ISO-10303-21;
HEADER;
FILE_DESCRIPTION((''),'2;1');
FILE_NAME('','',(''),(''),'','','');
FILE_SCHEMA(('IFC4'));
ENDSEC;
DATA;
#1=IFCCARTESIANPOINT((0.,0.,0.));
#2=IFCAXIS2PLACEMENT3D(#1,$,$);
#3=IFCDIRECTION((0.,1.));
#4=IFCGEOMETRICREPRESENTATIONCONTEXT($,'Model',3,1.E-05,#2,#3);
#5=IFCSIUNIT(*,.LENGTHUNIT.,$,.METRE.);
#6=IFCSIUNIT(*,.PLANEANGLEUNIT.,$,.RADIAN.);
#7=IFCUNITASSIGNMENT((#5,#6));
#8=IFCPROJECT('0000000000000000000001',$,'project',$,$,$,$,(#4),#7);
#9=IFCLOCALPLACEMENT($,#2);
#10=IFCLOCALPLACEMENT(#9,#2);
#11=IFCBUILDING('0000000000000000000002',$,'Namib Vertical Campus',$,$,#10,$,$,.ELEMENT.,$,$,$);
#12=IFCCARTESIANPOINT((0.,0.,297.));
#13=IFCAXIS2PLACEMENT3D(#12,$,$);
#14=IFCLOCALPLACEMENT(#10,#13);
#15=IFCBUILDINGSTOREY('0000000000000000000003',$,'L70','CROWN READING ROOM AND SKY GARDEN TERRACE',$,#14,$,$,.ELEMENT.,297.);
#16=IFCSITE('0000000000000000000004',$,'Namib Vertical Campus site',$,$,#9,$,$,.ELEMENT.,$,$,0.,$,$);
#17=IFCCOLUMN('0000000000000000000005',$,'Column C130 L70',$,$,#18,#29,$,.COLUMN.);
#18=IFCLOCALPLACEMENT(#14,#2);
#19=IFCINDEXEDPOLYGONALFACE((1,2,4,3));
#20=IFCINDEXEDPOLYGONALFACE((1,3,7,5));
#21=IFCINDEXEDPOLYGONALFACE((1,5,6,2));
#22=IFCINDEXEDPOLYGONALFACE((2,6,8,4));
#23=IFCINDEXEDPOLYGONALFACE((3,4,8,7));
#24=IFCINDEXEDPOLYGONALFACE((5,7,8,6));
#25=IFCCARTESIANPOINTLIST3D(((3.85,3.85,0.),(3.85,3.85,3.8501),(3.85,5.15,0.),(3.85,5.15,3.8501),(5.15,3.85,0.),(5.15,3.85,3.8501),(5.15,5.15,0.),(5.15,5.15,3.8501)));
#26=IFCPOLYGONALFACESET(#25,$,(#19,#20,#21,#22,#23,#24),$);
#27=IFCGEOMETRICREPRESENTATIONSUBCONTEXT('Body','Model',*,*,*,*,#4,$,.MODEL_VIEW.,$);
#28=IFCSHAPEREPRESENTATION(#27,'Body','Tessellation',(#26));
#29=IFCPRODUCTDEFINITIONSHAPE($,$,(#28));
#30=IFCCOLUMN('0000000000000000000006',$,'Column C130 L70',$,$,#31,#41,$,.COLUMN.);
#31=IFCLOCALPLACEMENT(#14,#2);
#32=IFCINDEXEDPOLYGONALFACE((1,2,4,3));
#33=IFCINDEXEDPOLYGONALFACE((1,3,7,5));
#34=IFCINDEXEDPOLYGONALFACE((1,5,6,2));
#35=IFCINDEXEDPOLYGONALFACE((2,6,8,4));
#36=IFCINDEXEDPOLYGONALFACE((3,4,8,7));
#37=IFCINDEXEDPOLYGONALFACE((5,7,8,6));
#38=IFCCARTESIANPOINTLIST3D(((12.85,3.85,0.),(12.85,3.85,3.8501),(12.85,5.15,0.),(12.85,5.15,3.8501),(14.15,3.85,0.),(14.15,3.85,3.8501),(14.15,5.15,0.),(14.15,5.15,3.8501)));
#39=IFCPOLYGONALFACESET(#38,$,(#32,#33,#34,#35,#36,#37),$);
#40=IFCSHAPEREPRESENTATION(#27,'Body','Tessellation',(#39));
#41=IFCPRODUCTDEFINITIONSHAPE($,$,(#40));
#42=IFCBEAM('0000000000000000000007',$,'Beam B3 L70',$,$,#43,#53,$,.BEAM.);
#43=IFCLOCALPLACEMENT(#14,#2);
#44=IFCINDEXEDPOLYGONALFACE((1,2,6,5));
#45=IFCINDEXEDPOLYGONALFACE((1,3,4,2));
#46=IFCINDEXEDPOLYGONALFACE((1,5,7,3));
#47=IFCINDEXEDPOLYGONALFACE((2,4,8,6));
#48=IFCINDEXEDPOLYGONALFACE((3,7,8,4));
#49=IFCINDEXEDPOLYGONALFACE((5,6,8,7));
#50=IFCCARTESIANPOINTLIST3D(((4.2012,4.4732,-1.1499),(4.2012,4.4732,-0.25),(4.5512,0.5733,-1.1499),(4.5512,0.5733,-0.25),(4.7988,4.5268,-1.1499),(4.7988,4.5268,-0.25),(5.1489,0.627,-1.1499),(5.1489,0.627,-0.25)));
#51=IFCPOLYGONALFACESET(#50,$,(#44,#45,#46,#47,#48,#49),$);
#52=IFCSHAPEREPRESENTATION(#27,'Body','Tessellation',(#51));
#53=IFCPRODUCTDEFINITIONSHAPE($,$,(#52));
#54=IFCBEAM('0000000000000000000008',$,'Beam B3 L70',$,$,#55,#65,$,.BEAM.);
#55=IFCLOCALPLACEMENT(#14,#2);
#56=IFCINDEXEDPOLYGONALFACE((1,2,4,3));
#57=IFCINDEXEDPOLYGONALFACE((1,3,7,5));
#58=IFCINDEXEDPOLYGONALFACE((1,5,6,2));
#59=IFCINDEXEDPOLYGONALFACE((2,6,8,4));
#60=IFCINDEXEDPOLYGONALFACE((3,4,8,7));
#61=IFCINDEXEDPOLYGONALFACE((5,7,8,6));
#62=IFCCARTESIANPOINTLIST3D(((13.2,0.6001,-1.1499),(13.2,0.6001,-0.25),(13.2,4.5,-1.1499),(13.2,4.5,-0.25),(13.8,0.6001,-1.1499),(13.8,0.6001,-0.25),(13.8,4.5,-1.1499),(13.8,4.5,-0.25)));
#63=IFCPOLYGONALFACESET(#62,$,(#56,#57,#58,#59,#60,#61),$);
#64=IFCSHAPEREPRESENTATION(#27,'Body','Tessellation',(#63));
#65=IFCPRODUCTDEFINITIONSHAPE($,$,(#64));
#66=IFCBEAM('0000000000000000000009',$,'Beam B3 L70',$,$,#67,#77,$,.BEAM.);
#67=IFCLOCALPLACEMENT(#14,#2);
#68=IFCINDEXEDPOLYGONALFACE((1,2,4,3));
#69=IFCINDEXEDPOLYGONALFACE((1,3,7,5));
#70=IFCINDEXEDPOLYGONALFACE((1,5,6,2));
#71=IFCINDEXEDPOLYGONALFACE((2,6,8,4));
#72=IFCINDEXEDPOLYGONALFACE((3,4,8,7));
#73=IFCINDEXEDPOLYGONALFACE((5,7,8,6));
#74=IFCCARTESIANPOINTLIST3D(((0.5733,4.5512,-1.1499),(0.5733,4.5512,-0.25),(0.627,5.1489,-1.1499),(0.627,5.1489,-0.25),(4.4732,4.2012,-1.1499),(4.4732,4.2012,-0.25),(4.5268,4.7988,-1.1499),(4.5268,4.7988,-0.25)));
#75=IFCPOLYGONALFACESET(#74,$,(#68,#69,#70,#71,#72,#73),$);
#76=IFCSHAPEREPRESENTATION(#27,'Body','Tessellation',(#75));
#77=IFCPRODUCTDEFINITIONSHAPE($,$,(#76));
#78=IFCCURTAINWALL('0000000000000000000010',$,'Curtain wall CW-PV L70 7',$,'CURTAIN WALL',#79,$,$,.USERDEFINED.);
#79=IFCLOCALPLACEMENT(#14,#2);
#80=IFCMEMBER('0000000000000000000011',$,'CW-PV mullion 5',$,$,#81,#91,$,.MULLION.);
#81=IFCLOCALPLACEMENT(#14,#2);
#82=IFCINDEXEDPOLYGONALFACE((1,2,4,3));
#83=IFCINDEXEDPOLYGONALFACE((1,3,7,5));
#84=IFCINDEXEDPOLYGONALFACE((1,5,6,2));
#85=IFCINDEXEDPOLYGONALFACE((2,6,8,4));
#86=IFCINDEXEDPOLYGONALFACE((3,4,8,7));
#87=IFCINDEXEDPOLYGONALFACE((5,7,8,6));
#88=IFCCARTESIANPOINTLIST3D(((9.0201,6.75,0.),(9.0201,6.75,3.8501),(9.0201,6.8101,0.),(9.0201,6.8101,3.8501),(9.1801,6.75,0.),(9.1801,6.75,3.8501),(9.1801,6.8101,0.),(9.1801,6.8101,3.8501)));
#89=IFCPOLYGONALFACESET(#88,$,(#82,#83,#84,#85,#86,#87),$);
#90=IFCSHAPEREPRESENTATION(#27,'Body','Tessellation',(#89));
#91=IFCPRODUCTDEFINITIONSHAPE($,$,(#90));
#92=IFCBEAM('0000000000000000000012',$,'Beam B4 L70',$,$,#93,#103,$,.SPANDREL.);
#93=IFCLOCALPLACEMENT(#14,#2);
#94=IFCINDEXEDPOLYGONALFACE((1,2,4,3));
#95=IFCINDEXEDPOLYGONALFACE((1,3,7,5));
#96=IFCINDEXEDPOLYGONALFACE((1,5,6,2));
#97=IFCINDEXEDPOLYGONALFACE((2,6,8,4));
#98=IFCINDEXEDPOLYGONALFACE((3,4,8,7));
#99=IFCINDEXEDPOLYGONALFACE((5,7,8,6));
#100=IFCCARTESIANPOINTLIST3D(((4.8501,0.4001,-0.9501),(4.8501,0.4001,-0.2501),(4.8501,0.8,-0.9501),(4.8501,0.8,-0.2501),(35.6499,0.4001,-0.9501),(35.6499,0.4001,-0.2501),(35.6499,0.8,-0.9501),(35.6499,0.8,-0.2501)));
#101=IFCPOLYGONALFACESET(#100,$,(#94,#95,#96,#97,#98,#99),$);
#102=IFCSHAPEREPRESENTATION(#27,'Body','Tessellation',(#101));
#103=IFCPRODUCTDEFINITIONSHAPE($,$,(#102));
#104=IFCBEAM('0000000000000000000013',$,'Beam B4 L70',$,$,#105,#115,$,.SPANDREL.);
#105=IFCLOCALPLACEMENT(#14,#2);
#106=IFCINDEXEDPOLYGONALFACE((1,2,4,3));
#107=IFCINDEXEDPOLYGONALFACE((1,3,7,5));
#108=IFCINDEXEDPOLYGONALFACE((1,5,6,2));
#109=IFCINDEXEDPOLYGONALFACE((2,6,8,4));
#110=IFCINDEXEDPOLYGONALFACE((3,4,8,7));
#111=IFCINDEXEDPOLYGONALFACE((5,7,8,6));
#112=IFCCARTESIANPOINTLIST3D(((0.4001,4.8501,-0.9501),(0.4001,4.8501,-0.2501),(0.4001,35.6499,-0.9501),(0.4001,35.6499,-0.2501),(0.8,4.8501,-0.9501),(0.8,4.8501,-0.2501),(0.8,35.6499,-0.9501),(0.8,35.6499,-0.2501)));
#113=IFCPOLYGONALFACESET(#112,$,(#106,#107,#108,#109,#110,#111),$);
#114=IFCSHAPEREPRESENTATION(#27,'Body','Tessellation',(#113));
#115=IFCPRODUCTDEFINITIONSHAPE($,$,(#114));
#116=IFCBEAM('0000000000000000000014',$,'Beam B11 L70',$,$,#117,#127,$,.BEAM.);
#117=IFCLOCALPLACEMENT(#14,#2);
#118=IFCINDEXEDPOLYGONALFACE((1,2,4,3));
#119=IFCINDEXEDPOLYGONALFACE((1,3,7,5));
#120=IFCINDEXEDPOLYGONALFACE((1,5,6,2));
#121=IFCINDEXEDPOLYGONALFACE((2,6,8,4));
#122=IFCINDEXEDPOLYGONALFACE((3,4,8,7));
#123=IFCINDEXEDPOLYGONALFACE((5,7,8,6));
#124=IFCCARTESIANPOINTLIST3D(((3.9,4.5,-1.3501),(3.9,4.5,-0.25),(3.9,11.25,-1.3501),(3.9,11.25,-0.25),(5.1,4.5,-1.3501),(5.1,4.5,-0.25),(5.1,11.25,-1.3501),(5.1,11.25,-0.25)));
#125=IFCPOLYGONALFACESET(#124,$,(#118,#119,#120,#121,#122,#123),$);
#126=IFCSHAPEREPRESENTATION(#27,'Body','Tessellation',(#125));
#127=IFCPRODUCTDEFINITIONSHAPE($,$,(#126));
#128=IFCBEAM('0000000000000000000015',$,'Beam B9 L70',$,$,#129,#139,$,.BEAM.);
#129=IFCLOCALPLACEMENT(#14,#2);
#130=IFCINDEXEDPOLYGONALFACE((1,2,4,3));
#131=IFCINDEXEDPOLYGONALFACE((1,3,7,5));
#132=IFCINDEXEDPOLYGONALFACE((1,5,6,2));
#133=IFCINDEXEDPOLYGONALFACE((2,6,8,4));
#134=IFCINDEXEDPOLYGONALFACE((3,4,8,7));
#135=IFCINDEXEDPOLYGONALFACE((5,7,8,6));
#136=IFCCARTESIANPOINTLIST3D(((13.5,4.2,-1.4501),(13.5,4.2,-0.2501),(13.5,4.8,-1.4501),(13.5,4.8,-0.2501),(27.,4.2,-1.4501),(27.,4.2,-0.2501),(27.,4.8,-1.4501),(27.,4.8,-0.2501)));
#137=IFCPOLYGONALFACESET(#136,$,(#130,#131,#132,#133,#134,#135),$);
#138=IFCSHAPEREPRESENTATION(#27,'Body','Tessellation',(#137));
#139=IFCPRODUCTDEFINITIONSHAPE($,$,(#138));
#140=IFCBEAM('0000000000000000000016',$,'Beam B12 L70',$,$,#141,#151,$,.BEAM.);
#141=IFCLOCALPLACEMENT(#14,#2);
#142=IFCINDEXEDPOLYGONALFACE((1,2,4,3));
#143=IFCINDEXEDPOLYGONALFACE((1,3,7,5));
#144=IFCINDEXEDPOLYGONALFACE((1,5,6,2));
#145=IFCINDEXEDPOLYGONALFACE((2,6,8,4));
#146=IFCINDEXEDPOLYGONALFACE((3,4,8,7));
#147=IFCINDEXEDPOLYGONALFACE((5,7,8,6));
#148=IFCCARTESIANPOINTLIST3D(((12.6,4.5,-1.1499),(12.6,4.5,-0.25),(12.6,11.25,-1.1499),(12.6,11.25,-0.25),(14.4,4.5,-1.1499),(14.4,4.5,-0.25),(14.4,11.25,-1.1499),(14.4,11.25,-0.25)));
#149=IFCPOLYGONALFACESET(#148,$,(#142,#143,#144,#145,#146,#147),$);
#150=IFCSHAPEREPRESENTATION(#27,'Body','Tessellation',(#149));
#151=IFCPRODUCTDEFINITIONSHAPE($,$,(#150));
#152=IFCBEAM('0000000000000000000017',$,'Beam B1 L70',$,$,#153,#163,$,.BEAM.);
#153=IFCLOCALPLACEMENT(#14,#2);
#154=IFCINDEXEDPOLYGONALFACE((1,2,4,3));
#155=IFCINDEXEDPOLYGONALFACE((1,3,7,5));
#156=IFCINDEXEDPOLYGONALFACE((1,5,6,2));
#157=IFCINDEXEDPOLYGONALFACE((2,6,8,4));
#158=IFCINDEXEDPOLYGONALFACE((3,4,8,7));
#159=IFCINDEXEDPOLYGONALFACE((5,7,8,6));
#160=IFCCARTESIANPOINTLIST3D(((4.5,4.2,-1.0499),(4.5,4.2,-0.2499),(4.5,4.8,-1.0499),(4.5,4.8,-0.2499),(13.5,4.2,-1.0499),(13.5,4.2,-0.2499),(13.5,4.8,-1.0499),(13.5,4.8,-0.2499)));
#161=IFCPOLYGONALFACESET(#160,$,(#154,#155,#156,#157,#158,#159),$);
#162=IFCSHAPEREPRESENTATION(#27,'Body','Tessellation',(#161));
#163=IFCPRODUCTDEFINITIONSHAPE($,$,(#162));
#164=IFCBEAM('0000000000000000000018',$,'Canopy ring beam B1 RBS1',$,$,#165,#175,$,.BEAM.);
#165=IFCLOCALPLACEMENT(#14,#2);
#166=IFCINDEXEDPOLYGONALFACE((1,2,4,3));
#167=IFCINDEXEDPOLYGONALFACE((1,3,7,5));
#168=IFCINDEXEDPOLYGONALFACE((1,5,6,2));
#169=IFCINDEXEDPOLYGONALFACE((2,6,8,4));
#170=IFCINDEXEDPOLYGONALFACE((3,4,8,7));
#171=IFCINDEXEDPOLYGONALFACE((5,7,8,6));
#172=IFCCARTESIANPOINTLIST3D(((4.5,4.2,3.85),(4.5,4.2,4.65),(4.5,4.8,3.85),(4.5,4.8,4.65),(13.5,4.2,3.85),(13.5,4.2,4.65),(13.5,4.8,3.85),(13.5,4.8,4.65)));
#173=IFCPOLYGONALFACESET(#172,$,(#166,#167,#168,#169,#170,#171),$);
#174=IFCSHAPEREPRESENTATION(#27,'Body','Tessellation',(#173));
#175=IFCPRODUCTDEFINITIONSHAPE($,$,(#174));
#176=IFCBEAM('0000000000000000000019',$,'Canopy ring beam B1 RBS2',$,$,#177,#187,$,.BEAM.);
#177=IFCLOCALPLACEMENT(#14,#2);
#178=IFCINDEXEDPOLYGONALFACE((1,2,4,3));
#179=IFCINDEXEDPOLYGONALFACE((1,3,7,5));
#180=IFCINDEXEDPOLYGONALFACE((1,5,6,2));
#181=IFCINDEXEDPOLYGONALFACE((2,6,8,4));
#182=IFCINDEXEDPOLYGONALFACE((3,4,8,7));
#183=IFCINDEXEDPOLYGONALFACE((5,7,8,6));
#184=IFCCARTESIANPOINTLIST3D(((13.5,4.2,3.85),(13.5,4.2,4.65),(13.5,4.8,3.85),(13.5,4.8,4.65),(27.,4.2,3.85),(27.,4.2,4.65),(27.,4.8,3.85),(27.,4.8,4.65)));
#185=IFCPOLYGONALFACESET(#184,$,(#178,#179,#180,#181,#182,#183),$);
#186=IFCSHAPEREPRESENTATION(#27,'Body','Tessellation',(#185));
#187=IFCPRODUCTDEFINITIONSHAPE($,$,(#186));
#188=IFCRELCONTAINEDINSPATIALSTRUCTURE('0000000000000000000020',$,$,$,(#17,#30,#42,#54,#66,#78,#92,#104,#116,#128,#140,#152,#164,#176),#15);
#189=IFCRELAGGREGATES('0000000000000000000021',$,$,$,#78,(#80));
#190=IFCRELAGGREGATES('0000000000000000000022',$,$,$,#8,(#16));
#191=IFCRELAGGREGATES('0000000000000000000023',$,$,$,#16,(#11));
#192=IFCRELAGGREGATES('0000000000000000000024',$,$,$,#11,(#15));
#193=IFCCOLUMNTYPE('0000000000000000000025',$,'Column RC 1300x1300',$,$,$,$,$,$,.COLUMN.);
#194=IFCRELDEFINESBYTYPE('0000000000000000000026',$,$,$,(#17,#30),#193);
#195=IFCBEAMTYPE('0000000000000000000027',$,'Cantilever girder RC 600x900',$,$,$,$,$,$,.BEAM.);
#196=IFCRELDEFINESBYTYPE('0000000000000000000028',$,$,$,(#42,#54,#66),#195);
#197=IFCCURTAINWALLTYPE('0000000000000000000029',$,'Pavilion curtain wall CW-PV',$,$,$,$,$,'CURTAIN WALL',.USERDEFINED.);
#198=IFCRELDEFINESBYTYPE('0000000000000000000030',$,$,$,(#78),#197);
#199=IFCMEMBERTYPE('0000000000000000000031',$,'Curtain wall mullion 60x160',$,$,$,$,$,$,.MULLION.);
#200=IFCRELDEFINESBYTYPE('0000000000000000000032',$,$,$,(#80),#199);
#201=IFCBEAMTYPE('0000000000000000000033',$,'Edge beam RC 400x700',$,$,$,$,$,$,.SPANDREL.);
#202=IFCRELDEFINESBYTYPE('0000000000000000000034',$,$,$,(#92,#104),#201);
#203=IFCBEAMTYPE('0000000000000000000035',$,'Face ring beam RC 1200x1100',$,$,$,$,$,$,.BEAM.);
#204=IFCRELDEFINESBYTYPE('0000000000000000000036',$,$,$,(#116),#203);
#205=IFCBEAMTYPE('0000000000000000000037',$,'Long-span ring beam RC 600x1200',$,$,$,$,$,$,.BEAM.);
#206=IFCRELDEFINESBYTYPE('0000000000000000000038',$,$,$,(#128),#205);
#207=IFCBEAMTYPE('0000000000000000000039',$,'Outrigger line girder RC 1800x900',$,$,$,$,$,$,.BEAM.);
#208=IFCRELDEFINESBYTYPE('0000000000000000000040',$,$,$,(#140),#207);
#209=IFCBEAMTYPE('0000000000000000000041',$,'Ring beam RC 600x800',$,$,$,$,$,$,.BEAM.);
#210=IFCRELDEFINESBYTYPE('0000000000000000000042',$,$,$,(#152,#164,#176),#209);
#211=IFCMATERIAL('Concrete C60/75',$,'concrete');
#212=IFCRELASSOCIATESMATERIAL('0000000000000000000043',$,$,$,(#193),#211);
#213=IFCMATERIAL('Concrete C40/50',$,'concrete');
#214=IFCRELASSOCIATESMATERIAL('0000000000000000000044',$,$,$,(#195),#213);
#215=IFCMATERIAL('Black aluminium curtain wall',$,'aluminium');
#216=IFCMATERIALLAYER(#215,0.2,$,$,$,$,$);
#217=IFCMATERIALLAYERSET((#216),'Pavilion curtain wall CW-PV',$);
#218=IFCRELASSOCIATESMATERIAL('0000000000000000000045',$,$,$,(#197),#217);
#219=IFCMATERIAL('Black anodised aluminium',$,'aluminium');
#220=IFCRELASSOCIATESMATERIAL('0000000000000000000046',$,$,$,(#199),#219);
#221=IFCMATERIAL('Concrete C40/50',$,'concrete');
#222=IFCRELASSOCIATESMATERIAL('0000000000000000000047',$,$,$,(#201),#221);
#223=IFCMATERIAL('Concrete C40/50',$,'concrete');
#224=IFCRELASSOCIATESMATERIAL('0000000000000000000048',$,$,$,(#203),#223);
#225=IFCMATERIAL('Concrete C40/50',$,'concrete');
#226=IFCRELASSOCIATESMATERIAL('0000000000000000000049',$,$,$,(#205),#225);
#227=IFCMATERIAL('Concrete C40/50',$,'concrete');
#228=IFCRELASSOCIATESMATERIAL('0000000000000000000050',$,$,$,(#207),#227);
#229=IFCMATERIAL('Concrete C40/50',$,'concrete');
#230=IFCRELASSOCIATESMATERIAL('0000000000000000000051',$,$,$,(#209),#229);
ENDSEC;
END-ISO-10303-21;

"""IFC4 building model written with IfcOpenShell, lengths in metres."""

from ifc_helpers import new_model, si_unit, direction, frame, origin, origin_2d, place, context, subcontext, project, spatial, rectangle, extrude, material, layer, layer_set, material_profile, profile_set, type_object, element, aggregate, save


model = new_model("IFC4")

# Units and contexts
model_context = context("Model", 3, precision=1e-05, world=origin(), true_north=direction((0.0, 1.0)))
body_context = subcontext(model_context, "Body", "Model", "MODEL_VIEW")
ifc_project = project(units=[si_unit("LENGTHUNIT", "METRE"), si_unit("PLANEANGLEUNIT", "RADIAN")], contexts=[model_context])

# Site, building, storey
site_placement = place(None, origin())
site = spatial("IfcSite", under=ifc_project, at=site_placement, Name="Namib Vertical Campus site", CompositionType="ELEMENT", RefElevation=0.0)
building_placement = place(site_placement, origin())
building = spatial("IfcBuilding", under=site, at=building_placement, Name="Namib Vertical Campus", CompositionType="ELEMENT")
storey_placement = place(building_placement, frame((0.0, 0.0, 297.0)))
storey = spatial("IfcBuildingStorey", under=building, at=storey_placement, Name="L70", Description="CROWN READING ROOM AND SKY GARDEN TERRACE", CompositionType="ELEMENT", Elevation=297.0)

# Columns
ifc_material_1 = material(Name="Concrete C60/75", Category="concrete")
ifc_material_profile_1 = material_profile(ifc_material_1, rectangle(XDim=1.3, YDim=1.3, at=origin_2d()))
ifc_profile_set_1 = profile_set([ifc_material_profile_1], Name="Concrete C60/75")
column_type = type_object("IfcColumnType", Name="Column RC 1300x1300", PredefinedType="COLUMN", material=ifc_profile_set_1)
for number, where, z_axis, x_axis, name in (
    (1, (4.5, 4.5, 0.0), (0.0, 0.0, 1.0), (1.0, 0.0, 0.0), "Column C130 L70"),
    (2, (13.5, 4.5, 0.0), (0.0, 0.0, 1.0), (1.0, 0.0, 0.0), "Column C130 L70"),
):
    element("IfcColumn", number, at=place(storey_placement, frame(where, z_axis=z_axis, x_axis=x_axis)), inside=storey, type_object=column_type, Name=name, PredefinedType="COLUMN", context=body_context, shape_type="SweptSolid", body=[
        extrude(rectangle(XDim=1.3, YDim=1.3, at=origin_2d()), origin(), (0.0, 0.0, 1.0), 3.8501),
    ])

# Beams
ifc_material_2 = material(Name="Concrete C40/50", Category="concrete")
ifc_material_profile_2 = material_profile(ifc_material_2, rectangle(XDim=0.6001, YDim=0.8999, at=origin_2d()))
ifc_profile_set_2 = profile_set([ifc_material_profile_2], Name="Concrete C40/50")
beam_type_1 = type_object("IfcBeamType", Name="Cantilever girder RC 600x900", PredefinedType="BEAM", material=ifc_profile_set_2)
beam_1_placement = place(storey_placement, frame((4.5, 4.5, -0.7), z_axis=(0.089411, -0.995995, 0.0), x_axis=(0.995995, 0.089411, 0.0)))
element("IfcBeam", 3, at=beam_1_placement, inside=storey, type_object=beam_type_1, Name="Beam B3 L70", PredefinedType="BEAM", context=body_context, shape_type="SweptSolid", body=[
    extrude(rectangle(XDim=0.6001, YDim=0.8999, at=origin_2d()), origin(), (0.0, 0.0, 1.0), 3.9155),
])
beam_2_placement = place(storey_placement, frame((13.5, 4.5, -0.7), z_axis=(0.0, -1.0, 0.0), x_axis=(1.0, 0.0, 0.0)))
element("IfcBeam", 4, at=beam_2_placement, inside=storey, type_object=beam_type_1, Name="Beam B3 L70", PredefinedType="BEAM", context=body_context, shape_type="SweptSolid", body=[
    extrude(rectangle(XDim=0.6001, YDim=0.8999, at=origin_2d()), origin(), (0.0, 0.0, 1.0), 3.8999),
])
beam_3_placement = place(storey_placement, frame((4.5, 4.5, -0.7), z_axis=(-0.995995, 0.089411, 0.0), x_axis=(-0.089411, -0.995995, 0.0)))
element("IfcBeam", 5, at=beam_3_placement, inside=storey, type_object=beam_type_1, Name="Beam B3 L70", PredefinedType="BEAM", context=body_context, shape_type="SweptSolid", body=[
    extrude(rectangle(XDim=0.6001, YDim=0.8999, at=origin_2d()), origin(), (0.0, 0.0, 1.0), 3.9155),
])

# Curtain wall, member
ifc_material_3 = material(Name="Black aluminium curtain wall", Category="aluminium")
ifc_layer_1 = layer(ifc_material_3, 0.2)
ifc_layer_set_1 = layer_set([ifc_layer_1], Name="Pavilion curtain wall CW-PV")
curtain_wall_type = type_object("IfcCurtainWallType", Name="Pavilion curtain wall CW-PV", ElementType="CURTAIN WALL", PredefinedType="USERDEFINED", material=ifc_layer_set_1)
curtain_wall_placement = place(storey_placement, origin())
curtain_wall = element("IfcCurtainWall", 6, at=curtain_wall_placement, inside=storey, type_object=curtain_wall_type, Name="Curtain wall CW-PV L70 7", ObjectType="CURTAIN WALL", PredefinedType="USERDEFINED")
ifc_material_4 = material(Name="Black anodised aluminium", Category="aluminium")
ifc_material_profile_3 = material_profile(ifc_material_4, rectangle(XDim=0.0601, YDim=0.1599, at=origin_2d()))
ifc_profile_set_3 = profile_set([ifc_material_profile_3], Name="Black anodised aluminium")
member_type = type_object("IfcMemberType", Name="Curtain wall mullion 60x160", PredefinedType="MULLION", material=ifc_profile_set_3)
member_placement = place(storey_placement, frame((9.1001, 6.78, 0.0), z_axis=(0.0, 0.0, 1.0), x_axis=(0.0, -1.0, 0.0)))
member = element("IfcMember", 7, at=member_placement, type_object=member_type, Name="CW-PV mullion 5", PredefinedType="MULLION", context=body_context, shape_type="SweptSolid", body=[
    extrude(rectangle(XDim=0.0601, YDim=0.1599, at=origin_2d()), origin(), (0.0, 0.0, 1.0), 3.8501),
])
aggregate(curtain_wall, [member])

# Beams
ifc_material_5 = material(Name="Concrete C40/50", Category="concrete")
ifc_material_profile_4 = material_profile(ifc_material_5, rectangle(XDim=0.3999, YDim=0.7, at=origin_2d()))
ifc_profile_set_4 = profile_set([ifc_material_profile_4], Name="Concrete C40/50")
beam_type_2 = type_object("IfcBeamType", Name="Edge beam RC 400x700", PredefinedType="SPANDREL", material=ifc_profile_set_4)
for number, where, z_axis, x_axis, name in (
    (8, (4.8501, 0.6001, -0.6001), (1.0, 0.0, 0.0), (0.0, 1.0, 0.0), "Beam B4 L70"),
    (9, (0.6001, 4.8501, -0.6001), (0.0, 1.0, 0.0), (-1.0, 0.0, 0.0), "Beam B4 L70"),
):
    element("IfcBeam", number, at=place(storey_placement, frame(where, z_axis=z_axis, x_axis=x_axis)), inside=storey, type_object=beam_type_2, Name=name, PredefinedType="SPANDREL", context=body_context, shape_type="SweptSolid", body=[
        extrude(rectangle(XDim=0.3999, YDim=0.7, at=origin_2d()), origin(), (0.0, 0.0, 1.0), 30.7998),
    ])
ifc_material_6 = material(Name="Concrete C40/50", Category="concrete")
ifc_material_profile_5 = material_profile(ifc_material_6, rectangle(XDim=1.2, YDim=1.1001, at=origin_2d()))
ifc_profile_set_5 = profile_set([ifc_material_profile_5], Name="Concrete C40/50")
beam_type_3 = type_object("IfcBeamType", Name="Face ring beam RC 1200x1100", PredefinedType="BEAM", material=ifc_profile_set_5)
beam_4_placement = place(storey_placement, frame((4.5, 4.5, -0.8), z_axis=(0.0, 1.0, 0.0), x_axis=(-1.0, 0.0, 0.0)))
element("IfcBeam", 10, at=beam_4_placement, inside=storey, type_object=beam_type_3, Name="Beam B11 L70", PredefinedType="BEAM", context=body_context, shape_type="SweptSolid", body=[
    extrude(rectangle(XDim=1.2, YDim=1.1001, at=origin_2d()), origin(), (0.0, 0.0, 1.0), 6.75),
])
ifc_material_7 = material(Name="Concrete C40/50", Category="concrete")
ifc_material_profile_6 = material_profile(ifc_material_7, rectangle(XDim=0.6001, YDim=1.2, at=origin_2d()))
ifc_profile_set_6 = profile_set([ifc_material_profile_6], Name="Concrete C40/50")
beam_type_4 = type_object("IfcBeamType", Name="Long-span ring beam RC 600x1200", PredefinedType="BEAM", material=ifc_profile_set_6)
beam_5_placement = place(storey_placement, frame((13.5, 4.5, -0.8501), z_axis=(1.0, 0.0, 0.0), x_axis=(0.0, 1.0, 0.0)))
element("IfcBeam", 11, at=beam_5_placement, inside=storey, type_object=beam_type_4, Name="Beam B9 L70", PredefinedType="BEAM", context=body_context, shape_type="SweptSolid", body=[
    extrude(rectangle(XDim=0.6001, YDim=1.2, at=origin_2d()), origin(), (0.0, 0.0, 1.0), 13.5),
])
ifc_material_8 = material(Name="Concrete C40/50", Category="concrete")
ifc_material_profile_7 = material_profile(ifc_material_8, rectangle(XDim=1.8, YDim=0.8999, at=origin_2d()))
ifc_profile_set_7 = profile_set([ifc_material_profile_7], Name="Concrete C40/50")
beam_type_5 = type_object("IfcBeamType", Name="Outrigger line girder RC 1800x900", PredefinedType="BEAM", material=ifc_profile_set_7)
beam_6_placement = place(storey_placement, frame((13.5, 4.5, -0.7), z_axis=(0.0, 1.0, 0.0), x_axis=(-1.0, 0.0, 0.0)))
element("IfcBeam", 12, at=beam_6_placement, inside=storey, type_object=beam_type_5, Name="Beam B12 L70", PredefinedType="BEAM", context=body_context, shape_type="SweptSolid", body=[
    extrude(rectangle(XDim=1.8, YDim=0.8999, at=origin_2d()), origin(), (0.0, 0.0, 1.0), 6.75),
])
ifc_material_9 = material(Name="Concrete C40/50", Category="concrete")
ifc_material_profile_8 = material_profile(ifc_material_9, rectangle(XDim=0.6001, YDim=0.8, at=origin_2d()))
ifc_profile_set_8 = profile_set([ifc_material_profile_8], Name="Concrete C40/50")
beam_type_6 = type_object("IfcBeamType", Name="Ring beam RC 600x800", PredefinedType="BEAM", material=ifc_profile_set_8)
for number, where, z_axis, x_axis, name in (
    (13, (4.5, 4.5, -0.6499), (1.0, 0.0, 0.0), (0.0, 1.0, 0.0), "Beam B1 L70"),
    (14, (4.5, 4.5, 4.25), (1.0, 0.0, 0.0), (0.0, 1.0, 0.0), "Canopy ring beam B1 RBS1"),
):
    element("IfcBeam", number, at=place(storey_placement, frame(where, z_axis=z_axis, x_axis=x_axis)), inside=storey, type_object=beam_type_6, Name=name, PredefinedType="BEAM", context=body_context, shape_type="SweptSolid", body=[
        extrude(rectangle(XDim=0.6001, YDim=0.8, at=origin_2d()), origin(), (0.0, 0.0, 1.0), 9.0),
    ])
beam_7_placement = place(storey_placement, frame((13.5, 4.5, 4.25), z_axis=(1.0, 0.0, 0.0), x_axis=(0.0, 1.0, 0.0)))
element("IfcBeam", 15, at=beam_7_placement, inside=storey, type_object=beam_type_6, Name="Canopy ring beam B1 RBS2", PredefinedType="BEAM", context=body_context, shape_type="SweptSolid", body=[
    extrude(rectangle(XDim=0.6001, YDim=0.8, at=origin_2d()), origin(), (0.0, 0.0, 1.0), 13.5),
])

save(model, "model.ifc")
